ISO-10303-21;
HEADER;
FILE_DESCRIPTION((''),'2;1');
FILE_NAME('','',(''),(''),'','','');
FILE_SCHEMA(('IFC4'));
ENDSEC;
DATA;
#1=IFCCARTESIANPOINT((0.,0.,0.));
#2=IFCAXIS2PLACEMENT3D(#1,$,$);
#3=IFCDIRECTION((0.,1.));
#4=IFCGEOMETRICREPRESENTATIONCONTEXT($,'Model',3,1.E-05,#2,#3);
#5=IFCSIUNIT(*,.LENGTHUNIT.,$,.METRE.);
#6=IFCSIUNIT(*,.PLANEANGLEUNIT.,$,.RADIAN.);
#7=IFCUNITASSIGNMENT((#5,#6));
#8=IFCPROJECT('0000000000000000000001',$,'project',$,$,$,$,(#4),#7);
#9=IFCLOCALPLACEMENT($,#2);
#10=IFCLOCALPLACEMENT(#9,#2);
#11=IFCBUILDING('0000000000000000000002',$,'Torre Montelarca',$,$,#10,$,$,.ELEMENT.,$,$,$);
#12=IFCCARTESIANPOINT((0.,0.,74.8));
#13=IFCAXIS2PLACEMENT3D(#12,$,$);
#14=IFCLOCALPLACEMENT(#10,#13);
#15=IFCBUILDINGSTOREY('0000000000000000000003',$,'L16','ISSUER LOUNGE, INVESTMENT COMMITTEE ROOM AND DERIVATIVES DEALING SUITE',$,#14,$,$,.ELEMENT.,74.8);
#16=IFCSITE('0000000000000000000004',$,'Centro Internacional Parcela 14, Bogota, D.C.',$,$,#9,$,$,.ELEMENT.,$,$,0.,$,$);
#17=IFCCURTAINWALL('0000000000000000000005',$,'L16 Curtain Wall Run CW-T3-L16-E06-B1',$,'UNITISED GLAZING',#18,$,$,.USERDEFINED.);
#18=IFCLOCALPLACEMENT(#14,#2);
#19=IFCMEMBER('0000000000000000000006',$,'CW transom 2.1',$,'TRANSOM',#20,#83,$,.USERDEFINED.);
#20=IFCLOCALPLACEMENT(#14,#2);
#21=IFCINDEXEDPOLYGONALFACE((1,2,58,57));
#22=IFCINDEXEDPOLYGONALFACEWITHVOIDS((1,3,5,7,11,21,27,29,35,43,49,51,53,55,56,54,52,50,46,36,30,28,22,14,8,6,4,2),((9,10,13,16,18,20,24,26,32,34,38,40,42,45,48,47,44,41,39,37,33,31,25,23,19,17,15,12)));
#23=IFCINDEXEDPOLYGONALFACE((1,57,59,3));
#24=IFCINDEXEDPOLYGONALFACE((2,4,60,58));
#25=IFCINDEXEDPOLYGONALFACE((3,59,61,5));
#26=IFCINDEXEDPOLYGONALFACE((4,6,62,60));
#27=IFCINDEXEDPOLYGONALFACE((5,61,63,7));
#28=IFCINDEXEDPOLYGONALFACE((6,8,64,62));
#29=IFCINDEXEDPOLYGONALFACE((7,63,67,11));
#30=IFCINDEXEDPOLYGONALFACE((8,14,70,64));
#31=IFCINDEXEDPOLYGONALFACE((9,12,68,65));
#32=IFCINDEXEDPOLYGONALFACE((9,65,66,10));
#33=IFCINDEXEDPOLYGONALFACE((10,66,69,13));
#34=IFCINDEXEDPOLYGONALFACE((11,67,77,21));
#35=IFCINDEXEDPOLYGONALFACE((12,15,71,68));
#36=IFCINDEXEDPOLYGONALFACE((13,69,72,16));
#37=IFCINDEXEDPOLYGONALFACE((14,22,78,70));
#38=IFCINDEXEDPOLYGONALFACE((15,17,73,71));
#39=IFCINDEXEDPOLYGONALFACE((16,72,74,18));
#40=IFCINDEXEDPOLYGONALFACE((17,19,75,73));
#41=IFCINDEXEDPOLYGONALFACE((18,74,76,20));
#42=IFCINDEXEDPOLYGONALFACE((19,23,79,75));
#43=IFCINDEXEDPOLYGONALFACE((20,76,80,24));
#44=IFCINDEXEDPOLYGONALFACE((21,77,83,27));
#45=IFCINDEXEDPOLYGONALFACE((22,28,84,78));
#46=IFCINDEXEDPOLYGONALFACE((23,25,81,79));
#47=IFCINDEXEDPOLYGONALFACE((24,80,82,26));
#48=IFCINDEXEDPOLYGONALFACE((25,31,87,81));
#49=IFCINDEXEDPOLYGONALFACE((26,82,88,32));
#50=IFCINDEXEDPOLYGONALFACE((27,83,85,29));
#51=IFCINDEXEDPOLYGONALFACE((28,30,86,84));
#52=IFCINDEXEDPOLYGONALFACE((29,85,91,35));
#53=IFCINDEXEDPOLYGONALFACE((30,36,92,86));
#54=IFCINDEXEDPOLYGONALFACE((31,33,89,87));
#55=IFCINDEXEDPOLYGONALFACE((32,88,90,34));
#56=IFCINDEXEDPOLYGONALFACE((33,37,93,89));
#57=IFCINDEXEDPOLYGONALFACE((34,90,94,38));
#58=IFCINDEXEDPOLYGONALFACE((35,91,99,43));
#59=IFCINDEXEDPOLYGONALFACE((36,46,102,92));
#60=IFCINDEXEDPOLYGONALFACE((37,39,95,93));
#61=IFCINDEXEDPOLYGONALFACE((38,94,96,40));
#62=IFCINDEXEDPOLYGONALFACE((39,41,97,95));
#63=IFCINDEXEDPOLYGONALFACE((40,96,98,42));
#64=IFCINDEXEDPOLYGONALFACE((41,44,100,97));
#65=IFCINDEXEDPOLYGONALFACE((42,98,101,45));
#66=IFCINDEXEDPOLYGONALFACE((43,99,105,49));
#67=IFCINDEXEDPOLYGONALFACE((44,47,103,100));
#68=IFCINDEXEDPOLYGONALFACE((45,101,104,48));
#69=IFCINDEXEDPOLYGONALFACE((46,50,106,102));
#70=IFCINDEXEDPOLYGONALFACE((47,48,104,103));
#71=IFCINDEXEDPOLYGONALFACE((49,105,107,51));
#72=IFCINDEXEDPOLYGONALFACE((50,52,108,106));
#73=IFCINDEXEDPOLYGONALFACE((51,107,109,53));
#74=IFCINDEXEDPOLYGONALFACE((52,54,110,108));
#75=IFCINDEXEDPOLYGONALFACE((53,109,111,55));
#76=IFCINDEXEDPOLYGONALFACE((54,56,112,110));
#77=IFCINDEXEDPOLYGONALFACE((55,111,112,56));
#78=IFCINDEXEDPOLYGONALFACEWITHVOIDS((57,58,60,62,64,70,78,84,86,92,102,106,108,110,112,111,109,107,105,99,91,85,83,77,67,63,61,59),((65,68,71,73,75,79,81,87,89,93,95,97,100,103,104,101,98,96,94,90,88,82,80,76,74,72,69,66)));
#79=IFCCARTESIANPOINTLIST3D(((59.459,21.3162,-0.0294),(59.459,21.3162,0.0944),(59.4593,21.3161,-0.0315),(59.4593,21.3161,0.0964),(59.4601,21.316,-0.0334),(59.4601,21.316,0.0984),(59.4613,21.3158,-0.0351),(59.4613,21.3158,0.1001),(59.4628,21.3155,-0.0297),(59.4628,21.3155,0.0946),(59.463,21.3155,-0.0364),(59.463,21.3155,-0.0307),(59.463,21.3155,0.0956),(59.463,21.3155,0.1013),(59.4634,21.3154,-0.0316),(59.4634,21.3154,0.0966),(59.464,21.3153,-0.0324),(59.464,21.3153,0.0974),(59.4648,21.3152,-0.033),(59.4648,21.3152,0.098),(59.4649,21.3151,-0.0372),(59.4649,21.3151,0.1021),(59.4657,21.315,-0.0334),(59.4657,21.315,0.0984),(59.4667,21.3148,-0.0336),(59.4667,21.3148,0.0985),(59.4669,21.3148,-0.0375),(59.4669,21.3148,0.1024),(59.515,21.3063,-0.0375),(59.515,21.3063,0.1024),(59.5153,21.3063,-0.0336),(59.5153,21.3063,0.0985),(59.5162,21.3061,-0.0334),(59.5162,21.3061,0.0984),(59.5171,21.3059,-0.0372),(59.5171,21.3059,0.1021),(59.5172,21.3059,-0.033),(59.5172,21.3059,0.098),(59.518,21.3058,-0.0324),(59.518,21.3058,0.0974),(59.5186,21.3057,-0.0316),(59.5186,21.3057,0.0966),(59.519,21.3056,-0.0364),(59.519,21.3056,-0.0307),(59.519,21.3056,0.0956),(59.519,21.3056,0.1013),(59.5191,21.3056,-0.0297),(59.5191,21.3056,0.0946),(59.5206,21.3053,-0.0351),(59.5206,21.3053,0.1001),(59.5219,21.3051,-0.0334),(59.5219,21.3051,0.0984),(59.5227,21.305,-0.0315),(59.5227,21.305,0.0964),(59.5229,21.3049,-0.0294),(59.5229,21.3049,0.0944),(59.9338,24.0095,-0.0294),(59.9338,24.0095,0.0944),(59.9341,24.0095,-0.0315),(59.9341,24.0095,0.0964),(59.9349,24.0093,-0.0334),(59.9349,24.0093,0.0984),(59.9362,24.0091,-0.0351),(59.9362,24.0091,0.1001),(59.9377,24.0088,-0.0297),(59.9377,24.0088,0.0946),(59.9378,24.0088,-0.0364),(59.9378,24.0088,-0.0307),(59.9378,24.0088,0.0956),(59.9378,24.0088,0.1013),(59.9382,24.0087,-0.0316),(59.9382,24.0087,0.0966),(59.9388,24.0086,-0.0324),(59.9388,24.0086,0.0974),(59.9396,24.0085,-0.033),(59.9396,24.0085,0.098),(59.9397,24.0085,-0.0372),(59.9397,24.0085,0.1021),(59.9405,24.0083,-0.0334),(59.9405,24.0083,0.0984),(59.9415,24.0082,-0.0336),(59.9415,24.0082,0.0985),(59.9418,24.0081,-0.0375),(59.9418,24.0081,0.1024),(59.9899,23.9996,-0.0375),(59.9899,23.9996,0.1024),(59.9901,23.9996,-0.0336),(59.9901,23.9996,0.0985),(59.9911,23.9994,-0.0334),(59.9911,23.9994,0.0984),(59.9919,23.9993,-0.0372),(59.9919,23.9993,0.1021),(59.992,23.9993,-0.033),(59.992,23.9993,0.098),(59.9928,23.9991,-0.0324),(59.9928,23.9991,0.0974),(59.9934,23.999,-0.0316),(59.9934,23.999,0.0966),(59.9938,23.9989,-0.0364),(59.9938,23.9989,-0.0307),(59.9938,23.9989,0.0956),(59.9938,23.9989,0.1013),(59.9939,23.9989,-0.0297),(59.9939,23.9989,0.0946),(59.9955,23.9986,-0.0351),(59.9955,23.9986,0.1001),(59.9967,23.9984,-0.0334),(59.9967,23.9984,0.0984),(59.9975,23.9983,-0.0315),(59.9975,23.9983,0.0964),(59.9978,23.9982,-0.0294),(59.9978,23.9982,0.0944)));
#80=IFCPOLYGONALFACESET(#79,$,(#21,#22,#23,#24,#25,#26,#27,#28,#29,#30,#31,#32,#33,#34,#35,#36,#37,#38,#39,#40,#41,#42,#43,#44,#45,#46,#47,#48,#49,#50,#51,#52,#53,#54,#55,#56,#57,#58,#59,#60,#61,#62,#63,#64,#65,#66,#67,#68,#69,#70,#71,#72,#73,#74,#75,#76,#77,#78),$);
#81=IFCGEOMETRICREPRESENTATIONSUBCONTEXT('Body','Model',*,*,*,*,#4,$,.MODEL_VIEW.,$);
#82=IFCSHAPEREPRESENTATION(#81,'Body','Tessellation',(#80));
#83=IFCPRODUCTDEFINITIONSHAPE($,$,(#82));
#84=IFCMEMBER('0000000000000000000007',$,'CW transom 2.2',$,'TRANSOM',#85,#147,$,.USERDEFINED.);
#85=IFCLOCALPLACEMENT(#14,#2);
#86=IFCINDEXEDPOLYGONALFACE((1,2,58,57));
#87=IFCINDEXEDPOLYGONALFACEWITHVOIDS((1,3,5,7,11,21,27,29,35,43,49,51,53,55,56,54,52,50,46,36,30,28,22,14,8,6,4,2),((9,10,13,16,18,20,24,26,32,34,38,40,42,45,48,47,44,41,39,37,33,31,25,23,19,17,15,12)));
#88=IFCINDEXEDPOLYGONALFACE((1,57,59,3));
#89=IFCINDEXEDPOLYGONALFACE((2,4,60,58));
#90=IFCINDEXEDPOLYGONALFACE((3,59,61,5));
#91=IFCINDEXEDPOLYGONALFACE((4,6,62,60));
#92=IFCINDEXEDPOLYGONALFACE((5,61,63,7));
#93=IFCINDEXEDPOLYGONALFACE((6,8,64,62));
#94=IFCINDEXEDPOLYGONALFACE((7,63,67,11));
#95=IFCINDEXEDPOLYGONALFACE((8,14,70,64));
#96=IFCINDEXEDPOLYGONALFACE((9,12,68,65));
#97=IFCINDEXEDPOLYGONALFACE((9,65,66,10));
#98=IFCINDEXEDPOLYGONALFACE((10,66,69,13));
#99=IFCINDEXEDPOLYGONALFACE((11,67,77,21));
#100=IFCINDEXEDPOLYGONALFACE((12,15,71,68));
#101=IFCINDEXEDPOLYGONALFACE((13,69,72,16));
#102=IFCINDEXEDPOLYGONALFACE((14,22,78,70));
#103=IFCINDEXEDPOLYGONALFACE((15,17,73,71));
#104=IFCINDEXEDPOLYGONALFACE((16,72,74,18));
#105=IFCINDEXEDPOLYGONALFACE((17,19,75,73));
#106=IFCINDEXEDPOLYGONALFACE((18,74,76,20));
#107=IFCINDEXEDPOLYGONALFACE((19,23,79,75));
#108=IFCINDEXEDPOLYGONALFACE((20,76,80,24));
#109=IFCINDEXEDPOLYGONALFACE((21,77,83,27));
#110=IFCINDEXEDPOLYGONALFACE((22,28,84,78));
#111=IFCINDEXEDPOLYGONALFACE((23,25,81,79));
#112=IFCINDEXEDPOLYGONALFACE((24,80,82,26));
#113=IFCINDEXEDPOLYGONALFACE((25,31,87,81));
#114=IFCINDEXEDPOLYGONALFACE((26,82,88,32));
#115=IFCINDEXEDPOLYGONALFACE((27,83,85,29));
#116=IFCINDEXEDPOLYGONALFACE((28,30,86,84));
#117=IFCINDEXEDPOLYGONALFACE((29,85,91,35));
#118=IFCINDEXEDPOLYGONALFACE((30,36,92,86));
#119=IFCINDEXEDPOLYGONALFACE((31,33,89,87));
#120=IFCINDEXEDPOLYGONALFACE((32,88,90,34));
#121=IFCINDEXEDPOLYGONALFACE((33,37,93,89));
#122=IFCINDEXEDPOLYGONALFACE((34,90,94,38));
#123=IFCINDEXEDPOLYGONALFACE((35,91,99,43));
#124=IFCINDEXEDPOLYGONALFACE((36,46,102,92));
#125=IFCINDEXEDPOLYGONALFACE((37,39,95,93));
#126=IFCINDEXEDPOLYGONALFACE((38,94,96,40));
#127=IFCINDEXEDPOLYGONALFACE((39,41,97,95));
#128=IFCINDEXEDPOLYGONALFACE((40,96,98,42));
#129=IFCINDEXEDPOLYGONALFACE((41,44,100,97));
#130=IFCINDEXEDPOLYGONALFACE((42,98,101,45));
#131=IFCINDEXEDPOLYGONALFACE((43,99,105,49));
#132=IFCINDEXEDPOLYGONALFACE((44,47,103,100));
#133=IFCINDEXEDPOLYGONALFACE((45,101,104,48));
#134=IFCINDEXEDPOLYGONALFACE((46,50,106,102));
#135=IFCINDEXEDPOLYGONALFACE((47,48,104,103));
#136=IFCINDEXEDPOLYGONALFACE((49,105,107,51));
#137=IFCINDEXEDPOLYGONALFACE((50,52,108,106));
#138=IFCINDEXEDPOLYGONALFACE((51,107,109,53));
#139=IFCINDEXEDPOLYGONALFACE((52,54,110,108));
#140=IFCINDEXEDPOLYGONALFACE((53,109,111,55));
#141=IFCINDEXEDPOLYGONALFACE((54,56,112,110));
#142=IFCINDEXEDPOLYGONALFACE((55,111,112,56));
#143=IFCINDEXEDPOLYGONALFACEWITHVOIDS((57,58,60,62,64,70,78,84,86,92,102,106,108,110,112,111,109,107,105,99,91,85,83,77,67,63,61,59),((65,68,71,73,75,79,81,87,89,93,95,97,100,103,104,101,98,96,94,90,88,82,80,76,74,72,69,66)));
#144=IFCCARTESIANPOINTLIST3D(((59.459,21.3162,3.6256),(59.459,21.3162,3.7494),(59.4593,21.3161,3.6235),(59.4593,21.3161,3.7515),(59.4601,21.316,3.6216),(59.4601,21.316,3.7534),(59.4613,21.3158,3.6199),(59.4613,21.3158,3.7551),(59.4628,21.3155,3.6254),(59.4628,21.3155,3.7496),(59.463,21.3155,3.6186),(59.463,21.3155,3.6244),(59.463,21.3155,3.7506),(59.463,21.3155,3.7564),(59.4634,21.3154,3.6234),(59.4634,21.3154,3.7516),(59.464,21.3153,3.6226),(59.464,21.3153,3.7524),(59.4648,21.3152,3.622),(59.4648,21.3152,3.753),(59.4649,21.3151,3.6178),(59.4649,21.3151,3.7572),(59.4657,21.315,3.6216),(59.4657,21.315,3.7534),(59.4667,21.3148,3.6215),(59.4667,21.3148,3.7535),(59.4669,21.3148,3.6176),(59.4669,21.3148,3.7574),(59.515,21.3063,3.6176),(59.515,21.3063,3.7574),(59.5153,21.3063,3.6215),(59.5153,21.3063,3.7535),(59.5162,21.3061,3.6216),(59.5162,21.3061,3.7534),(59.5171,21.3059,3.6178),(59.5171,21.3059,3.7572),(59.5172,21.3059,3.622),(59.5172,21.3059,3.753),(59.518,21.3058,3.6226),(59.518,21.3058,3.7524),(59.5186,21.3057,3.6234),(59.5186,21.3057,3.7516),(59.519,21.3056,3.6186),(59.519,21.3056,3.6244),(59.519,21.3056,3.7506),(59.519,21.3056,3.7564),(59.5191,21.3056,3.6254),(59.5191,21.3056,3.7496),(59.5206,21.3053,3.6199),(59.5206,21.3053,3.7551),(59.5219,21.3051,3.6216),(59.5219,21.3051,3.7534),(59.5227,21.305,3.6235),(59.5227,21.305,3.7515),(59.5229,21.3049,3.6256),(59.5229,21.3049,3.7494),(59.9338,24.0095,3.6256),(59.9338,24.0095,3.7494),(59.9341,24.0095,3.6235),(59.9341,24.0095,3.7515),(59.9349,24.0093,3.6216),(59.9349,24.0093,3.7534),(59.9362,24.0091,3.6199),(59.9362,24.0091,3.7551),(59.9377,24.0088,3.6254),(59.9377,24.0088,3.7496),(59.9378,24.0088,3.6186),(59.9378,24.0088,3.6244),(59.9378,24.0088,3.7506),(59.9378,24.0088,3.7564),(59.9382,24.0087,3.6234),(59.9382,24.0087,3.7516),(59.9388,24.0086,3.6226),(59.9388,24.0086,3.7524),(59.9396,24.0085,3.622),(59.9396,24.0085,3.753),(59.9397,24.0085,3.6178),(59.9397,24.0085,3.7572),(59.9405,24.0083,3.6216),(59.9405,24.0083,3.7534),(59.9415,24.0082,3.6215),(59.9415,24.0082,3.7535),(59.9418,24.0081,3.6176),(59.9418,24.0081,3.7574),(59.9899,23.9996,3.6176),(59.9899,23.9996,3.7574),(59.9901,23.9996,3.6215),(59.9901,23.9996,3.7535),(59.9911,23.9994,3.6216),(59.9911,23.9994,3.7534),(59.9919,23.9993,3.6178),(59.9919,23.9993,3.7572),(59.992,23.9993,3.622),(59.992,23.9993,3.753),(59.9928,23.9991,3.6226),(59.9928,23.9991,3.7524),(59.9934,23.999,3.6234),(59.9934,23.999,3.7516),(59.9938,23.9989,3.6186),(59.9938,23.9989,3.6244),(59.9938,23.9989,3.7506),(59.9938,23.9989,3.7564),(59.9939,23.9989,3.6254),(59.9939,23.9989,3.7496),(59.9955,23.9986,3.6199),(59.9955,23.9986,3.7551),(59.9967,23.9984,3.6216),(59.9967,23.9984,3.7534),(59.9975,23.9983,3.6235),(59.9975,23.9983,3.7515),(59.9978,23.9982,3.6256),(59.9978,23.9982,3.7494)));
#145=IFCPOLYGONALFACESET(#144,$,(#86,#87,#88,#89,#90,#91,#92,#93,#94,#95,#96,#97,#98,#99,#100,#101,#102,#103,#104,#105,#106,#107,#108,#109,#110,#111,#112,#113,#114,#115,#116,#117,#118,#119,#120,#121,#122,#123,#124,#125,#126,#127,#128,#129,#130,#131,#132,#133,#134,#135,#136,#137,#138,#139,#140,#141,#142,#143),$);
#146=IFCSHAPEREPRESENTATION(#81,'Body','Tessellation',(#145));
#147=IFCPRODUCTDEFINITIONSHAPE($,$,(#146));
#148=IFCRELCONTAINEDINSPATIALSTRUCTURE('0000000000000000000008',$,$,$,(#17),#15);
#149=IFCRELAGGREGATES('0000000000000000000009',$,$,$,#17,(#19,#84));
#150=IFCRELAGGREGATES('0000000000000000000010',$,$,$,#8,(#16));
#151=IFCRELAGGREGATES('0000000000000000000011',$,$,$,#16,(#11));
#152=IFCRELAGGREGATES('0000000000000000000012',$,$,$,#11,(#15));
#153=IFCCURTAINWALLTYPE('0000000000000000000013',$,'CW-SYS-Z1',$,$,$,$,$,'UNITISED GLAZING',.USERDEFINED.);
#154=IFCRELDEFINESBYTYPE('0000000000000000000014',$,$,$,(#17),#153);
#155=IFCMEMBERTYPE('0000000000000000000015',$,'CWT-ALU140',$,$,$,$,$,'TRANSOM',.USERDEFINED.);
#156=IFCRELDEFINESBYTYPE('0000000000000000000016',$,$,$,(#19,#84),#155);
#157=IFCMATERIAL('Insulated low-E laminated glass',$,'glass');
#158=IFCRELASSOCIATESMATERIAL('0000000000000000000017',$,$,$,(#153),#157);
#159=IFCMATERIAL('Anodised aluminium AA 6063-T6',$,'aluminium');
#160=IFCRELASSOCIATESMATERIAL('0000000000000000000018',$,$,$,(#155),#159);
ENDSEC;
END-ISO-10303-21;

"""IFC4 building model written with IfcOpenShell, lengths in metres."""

from ifc_helpers import new_model, si_unit, direction, frame, origin, origin_2d, place, context, subcontext, project, spatial, hollow_rectangle, extrude, source, transform, mapped, material, material_profile, profile_set, type_object, element, aggregate, save


model = new_model("IFC4")

# Units and contexts
model_context = context("Model", 3, precision=1e-05, world=origin(), true_north=direction((0.0, 1.0)))
body_context = subcontext(model_context, "Body", "Model", "MODEL_VIEW")
ifc_project = project(units=[si_unit("LENGTHUNIT", "METRE"), si_unit("PLANEANGLEUNIT", "RADIAN")], contexts=[model_context])

# Site, building, storey
site_placement = place(None, origin())
site = spatial("IfcSite", under=ifc_project, at=site_placement, Name="Centro Internacional Parcela 14, Bogota, D.C.", CompositionType="ELEMENT", RefElevation=0.0)
building_placement = place(site_placement, origin())
building = spatial("IfcBuilding", under=site, at=building_placement, Name="Torre Montelarca", CompositionType="ELEMENT")
storey_placement = place(building_placement, frame((0.0, 0.0, 74.8)))
storey = spatial("IfcBuildingStorey", under=building, at=storey_placement, Name="L16", Description="ISSUER LOUNGE, INVESTMENT COMMITTEE ROOM AND DERIVATIVES DEALING SUITE", CompositionType="ELEMENT", Elevation=74.8)

# Shared definitions
ifc_material_1 = material(Name="Insulated low-E laminated glass", Category="glass")
curtain_wall_type = type_object("IfcCurtainWallType", Name="CW-SYS-Z1", ElementType="UNITISED GLAZING", PredefinedType="USERDEFINED", material=ifc_material_1)
ifc_material_2 = material(Name="Anodised aluminium AA 6063-T6", Category="aluminium")
ifc_material_profile_1 = material_profile(ifc_material_2, hollow_rectangle(XDim=0.0649, YDim=0.1399, WallThickness=0.0039, InnerFilletRadius=0.0039, OuterFilletRadius=0.0081, at=origin_2d()), Name="ALU65X140X4", Category="aluminium")
ifc_profile_set_1 = profile_set([ifc_material_profile_1], Name="Anodised aluminium AA 6063-T6")
member_type_1 = type_object("IfcMemberType", Name="CWT-ALU140", ElementType="TRANSOM", PredefinedType="USERDEFINED", material=ifc_profile_set_1)

# Curtain wall
curtain_wall_1_placement = place(storey_placement, origin())
curtain_wall_1 = element("IfcCurtainWall", 1, at=curtain_wall_1_placement, inside=storey, type_object=curtain_wall_type, Name="L16 Curtain Wall Run CW-T3-L16-E06-B1", ObjectType="UNITISED GLAZING", PredefinedType="USERDEFINED")

# Members
shared_shape_1 = source(origin(), body_context, "Body", "SweptSolid", [
    extrude(hollow_rectangle(XDim=0.0649, YDim=0.1399, WallThickness=0.0039, InnerFilletRadius=0.0039, OuterFilletRadius=0.0081, at=origin_2d()), origin(), (0.0, 0.0, 1.0), 2.7349),
])
member_1_placement = place(storey_placement, frame((59.491, 21.3105, 0.0325), z_axis=(0.173627, 0.984811, 0.0), x_axis=(-0.984811, 0.173627, 0.0)))
member_1 = element("IfcMember", 2, at=member_1_placement, type_object=member_type_1, Name="CW transom 2.1", ObjectType="TRANSOM", PredefinedType="USERDEFINED", context=body_context, shape_type="MappedRepresentation", body=[
    mapped(shared_shape_1, transform((0.0, 0.0, 0.0), scale=1.0)),
])
member_2_placement = place(storey_placement, frame((59.491, 21.3105, 3.6875), z_axis=(0.173627, 0.984811, 0.0), x_axis=(-0.984811, 0.173627, 0.0)))
member_2 = element("IfcMember", 3, at=member_2_placement, type_object=member_type_1, Name="CW transom 2.2", ObjectType="TRANSOM", PredefinedType="USERDEFINED", context=body_context, shape_type="MappedRepresentation", body=[
    mapped(shared_shape_1, transform((0.0, 0.0, 0.0), scale=1.0)),
])

aggregate(curtain_wall_1, [member_1, member_2])

save(model, "model.ifc")
